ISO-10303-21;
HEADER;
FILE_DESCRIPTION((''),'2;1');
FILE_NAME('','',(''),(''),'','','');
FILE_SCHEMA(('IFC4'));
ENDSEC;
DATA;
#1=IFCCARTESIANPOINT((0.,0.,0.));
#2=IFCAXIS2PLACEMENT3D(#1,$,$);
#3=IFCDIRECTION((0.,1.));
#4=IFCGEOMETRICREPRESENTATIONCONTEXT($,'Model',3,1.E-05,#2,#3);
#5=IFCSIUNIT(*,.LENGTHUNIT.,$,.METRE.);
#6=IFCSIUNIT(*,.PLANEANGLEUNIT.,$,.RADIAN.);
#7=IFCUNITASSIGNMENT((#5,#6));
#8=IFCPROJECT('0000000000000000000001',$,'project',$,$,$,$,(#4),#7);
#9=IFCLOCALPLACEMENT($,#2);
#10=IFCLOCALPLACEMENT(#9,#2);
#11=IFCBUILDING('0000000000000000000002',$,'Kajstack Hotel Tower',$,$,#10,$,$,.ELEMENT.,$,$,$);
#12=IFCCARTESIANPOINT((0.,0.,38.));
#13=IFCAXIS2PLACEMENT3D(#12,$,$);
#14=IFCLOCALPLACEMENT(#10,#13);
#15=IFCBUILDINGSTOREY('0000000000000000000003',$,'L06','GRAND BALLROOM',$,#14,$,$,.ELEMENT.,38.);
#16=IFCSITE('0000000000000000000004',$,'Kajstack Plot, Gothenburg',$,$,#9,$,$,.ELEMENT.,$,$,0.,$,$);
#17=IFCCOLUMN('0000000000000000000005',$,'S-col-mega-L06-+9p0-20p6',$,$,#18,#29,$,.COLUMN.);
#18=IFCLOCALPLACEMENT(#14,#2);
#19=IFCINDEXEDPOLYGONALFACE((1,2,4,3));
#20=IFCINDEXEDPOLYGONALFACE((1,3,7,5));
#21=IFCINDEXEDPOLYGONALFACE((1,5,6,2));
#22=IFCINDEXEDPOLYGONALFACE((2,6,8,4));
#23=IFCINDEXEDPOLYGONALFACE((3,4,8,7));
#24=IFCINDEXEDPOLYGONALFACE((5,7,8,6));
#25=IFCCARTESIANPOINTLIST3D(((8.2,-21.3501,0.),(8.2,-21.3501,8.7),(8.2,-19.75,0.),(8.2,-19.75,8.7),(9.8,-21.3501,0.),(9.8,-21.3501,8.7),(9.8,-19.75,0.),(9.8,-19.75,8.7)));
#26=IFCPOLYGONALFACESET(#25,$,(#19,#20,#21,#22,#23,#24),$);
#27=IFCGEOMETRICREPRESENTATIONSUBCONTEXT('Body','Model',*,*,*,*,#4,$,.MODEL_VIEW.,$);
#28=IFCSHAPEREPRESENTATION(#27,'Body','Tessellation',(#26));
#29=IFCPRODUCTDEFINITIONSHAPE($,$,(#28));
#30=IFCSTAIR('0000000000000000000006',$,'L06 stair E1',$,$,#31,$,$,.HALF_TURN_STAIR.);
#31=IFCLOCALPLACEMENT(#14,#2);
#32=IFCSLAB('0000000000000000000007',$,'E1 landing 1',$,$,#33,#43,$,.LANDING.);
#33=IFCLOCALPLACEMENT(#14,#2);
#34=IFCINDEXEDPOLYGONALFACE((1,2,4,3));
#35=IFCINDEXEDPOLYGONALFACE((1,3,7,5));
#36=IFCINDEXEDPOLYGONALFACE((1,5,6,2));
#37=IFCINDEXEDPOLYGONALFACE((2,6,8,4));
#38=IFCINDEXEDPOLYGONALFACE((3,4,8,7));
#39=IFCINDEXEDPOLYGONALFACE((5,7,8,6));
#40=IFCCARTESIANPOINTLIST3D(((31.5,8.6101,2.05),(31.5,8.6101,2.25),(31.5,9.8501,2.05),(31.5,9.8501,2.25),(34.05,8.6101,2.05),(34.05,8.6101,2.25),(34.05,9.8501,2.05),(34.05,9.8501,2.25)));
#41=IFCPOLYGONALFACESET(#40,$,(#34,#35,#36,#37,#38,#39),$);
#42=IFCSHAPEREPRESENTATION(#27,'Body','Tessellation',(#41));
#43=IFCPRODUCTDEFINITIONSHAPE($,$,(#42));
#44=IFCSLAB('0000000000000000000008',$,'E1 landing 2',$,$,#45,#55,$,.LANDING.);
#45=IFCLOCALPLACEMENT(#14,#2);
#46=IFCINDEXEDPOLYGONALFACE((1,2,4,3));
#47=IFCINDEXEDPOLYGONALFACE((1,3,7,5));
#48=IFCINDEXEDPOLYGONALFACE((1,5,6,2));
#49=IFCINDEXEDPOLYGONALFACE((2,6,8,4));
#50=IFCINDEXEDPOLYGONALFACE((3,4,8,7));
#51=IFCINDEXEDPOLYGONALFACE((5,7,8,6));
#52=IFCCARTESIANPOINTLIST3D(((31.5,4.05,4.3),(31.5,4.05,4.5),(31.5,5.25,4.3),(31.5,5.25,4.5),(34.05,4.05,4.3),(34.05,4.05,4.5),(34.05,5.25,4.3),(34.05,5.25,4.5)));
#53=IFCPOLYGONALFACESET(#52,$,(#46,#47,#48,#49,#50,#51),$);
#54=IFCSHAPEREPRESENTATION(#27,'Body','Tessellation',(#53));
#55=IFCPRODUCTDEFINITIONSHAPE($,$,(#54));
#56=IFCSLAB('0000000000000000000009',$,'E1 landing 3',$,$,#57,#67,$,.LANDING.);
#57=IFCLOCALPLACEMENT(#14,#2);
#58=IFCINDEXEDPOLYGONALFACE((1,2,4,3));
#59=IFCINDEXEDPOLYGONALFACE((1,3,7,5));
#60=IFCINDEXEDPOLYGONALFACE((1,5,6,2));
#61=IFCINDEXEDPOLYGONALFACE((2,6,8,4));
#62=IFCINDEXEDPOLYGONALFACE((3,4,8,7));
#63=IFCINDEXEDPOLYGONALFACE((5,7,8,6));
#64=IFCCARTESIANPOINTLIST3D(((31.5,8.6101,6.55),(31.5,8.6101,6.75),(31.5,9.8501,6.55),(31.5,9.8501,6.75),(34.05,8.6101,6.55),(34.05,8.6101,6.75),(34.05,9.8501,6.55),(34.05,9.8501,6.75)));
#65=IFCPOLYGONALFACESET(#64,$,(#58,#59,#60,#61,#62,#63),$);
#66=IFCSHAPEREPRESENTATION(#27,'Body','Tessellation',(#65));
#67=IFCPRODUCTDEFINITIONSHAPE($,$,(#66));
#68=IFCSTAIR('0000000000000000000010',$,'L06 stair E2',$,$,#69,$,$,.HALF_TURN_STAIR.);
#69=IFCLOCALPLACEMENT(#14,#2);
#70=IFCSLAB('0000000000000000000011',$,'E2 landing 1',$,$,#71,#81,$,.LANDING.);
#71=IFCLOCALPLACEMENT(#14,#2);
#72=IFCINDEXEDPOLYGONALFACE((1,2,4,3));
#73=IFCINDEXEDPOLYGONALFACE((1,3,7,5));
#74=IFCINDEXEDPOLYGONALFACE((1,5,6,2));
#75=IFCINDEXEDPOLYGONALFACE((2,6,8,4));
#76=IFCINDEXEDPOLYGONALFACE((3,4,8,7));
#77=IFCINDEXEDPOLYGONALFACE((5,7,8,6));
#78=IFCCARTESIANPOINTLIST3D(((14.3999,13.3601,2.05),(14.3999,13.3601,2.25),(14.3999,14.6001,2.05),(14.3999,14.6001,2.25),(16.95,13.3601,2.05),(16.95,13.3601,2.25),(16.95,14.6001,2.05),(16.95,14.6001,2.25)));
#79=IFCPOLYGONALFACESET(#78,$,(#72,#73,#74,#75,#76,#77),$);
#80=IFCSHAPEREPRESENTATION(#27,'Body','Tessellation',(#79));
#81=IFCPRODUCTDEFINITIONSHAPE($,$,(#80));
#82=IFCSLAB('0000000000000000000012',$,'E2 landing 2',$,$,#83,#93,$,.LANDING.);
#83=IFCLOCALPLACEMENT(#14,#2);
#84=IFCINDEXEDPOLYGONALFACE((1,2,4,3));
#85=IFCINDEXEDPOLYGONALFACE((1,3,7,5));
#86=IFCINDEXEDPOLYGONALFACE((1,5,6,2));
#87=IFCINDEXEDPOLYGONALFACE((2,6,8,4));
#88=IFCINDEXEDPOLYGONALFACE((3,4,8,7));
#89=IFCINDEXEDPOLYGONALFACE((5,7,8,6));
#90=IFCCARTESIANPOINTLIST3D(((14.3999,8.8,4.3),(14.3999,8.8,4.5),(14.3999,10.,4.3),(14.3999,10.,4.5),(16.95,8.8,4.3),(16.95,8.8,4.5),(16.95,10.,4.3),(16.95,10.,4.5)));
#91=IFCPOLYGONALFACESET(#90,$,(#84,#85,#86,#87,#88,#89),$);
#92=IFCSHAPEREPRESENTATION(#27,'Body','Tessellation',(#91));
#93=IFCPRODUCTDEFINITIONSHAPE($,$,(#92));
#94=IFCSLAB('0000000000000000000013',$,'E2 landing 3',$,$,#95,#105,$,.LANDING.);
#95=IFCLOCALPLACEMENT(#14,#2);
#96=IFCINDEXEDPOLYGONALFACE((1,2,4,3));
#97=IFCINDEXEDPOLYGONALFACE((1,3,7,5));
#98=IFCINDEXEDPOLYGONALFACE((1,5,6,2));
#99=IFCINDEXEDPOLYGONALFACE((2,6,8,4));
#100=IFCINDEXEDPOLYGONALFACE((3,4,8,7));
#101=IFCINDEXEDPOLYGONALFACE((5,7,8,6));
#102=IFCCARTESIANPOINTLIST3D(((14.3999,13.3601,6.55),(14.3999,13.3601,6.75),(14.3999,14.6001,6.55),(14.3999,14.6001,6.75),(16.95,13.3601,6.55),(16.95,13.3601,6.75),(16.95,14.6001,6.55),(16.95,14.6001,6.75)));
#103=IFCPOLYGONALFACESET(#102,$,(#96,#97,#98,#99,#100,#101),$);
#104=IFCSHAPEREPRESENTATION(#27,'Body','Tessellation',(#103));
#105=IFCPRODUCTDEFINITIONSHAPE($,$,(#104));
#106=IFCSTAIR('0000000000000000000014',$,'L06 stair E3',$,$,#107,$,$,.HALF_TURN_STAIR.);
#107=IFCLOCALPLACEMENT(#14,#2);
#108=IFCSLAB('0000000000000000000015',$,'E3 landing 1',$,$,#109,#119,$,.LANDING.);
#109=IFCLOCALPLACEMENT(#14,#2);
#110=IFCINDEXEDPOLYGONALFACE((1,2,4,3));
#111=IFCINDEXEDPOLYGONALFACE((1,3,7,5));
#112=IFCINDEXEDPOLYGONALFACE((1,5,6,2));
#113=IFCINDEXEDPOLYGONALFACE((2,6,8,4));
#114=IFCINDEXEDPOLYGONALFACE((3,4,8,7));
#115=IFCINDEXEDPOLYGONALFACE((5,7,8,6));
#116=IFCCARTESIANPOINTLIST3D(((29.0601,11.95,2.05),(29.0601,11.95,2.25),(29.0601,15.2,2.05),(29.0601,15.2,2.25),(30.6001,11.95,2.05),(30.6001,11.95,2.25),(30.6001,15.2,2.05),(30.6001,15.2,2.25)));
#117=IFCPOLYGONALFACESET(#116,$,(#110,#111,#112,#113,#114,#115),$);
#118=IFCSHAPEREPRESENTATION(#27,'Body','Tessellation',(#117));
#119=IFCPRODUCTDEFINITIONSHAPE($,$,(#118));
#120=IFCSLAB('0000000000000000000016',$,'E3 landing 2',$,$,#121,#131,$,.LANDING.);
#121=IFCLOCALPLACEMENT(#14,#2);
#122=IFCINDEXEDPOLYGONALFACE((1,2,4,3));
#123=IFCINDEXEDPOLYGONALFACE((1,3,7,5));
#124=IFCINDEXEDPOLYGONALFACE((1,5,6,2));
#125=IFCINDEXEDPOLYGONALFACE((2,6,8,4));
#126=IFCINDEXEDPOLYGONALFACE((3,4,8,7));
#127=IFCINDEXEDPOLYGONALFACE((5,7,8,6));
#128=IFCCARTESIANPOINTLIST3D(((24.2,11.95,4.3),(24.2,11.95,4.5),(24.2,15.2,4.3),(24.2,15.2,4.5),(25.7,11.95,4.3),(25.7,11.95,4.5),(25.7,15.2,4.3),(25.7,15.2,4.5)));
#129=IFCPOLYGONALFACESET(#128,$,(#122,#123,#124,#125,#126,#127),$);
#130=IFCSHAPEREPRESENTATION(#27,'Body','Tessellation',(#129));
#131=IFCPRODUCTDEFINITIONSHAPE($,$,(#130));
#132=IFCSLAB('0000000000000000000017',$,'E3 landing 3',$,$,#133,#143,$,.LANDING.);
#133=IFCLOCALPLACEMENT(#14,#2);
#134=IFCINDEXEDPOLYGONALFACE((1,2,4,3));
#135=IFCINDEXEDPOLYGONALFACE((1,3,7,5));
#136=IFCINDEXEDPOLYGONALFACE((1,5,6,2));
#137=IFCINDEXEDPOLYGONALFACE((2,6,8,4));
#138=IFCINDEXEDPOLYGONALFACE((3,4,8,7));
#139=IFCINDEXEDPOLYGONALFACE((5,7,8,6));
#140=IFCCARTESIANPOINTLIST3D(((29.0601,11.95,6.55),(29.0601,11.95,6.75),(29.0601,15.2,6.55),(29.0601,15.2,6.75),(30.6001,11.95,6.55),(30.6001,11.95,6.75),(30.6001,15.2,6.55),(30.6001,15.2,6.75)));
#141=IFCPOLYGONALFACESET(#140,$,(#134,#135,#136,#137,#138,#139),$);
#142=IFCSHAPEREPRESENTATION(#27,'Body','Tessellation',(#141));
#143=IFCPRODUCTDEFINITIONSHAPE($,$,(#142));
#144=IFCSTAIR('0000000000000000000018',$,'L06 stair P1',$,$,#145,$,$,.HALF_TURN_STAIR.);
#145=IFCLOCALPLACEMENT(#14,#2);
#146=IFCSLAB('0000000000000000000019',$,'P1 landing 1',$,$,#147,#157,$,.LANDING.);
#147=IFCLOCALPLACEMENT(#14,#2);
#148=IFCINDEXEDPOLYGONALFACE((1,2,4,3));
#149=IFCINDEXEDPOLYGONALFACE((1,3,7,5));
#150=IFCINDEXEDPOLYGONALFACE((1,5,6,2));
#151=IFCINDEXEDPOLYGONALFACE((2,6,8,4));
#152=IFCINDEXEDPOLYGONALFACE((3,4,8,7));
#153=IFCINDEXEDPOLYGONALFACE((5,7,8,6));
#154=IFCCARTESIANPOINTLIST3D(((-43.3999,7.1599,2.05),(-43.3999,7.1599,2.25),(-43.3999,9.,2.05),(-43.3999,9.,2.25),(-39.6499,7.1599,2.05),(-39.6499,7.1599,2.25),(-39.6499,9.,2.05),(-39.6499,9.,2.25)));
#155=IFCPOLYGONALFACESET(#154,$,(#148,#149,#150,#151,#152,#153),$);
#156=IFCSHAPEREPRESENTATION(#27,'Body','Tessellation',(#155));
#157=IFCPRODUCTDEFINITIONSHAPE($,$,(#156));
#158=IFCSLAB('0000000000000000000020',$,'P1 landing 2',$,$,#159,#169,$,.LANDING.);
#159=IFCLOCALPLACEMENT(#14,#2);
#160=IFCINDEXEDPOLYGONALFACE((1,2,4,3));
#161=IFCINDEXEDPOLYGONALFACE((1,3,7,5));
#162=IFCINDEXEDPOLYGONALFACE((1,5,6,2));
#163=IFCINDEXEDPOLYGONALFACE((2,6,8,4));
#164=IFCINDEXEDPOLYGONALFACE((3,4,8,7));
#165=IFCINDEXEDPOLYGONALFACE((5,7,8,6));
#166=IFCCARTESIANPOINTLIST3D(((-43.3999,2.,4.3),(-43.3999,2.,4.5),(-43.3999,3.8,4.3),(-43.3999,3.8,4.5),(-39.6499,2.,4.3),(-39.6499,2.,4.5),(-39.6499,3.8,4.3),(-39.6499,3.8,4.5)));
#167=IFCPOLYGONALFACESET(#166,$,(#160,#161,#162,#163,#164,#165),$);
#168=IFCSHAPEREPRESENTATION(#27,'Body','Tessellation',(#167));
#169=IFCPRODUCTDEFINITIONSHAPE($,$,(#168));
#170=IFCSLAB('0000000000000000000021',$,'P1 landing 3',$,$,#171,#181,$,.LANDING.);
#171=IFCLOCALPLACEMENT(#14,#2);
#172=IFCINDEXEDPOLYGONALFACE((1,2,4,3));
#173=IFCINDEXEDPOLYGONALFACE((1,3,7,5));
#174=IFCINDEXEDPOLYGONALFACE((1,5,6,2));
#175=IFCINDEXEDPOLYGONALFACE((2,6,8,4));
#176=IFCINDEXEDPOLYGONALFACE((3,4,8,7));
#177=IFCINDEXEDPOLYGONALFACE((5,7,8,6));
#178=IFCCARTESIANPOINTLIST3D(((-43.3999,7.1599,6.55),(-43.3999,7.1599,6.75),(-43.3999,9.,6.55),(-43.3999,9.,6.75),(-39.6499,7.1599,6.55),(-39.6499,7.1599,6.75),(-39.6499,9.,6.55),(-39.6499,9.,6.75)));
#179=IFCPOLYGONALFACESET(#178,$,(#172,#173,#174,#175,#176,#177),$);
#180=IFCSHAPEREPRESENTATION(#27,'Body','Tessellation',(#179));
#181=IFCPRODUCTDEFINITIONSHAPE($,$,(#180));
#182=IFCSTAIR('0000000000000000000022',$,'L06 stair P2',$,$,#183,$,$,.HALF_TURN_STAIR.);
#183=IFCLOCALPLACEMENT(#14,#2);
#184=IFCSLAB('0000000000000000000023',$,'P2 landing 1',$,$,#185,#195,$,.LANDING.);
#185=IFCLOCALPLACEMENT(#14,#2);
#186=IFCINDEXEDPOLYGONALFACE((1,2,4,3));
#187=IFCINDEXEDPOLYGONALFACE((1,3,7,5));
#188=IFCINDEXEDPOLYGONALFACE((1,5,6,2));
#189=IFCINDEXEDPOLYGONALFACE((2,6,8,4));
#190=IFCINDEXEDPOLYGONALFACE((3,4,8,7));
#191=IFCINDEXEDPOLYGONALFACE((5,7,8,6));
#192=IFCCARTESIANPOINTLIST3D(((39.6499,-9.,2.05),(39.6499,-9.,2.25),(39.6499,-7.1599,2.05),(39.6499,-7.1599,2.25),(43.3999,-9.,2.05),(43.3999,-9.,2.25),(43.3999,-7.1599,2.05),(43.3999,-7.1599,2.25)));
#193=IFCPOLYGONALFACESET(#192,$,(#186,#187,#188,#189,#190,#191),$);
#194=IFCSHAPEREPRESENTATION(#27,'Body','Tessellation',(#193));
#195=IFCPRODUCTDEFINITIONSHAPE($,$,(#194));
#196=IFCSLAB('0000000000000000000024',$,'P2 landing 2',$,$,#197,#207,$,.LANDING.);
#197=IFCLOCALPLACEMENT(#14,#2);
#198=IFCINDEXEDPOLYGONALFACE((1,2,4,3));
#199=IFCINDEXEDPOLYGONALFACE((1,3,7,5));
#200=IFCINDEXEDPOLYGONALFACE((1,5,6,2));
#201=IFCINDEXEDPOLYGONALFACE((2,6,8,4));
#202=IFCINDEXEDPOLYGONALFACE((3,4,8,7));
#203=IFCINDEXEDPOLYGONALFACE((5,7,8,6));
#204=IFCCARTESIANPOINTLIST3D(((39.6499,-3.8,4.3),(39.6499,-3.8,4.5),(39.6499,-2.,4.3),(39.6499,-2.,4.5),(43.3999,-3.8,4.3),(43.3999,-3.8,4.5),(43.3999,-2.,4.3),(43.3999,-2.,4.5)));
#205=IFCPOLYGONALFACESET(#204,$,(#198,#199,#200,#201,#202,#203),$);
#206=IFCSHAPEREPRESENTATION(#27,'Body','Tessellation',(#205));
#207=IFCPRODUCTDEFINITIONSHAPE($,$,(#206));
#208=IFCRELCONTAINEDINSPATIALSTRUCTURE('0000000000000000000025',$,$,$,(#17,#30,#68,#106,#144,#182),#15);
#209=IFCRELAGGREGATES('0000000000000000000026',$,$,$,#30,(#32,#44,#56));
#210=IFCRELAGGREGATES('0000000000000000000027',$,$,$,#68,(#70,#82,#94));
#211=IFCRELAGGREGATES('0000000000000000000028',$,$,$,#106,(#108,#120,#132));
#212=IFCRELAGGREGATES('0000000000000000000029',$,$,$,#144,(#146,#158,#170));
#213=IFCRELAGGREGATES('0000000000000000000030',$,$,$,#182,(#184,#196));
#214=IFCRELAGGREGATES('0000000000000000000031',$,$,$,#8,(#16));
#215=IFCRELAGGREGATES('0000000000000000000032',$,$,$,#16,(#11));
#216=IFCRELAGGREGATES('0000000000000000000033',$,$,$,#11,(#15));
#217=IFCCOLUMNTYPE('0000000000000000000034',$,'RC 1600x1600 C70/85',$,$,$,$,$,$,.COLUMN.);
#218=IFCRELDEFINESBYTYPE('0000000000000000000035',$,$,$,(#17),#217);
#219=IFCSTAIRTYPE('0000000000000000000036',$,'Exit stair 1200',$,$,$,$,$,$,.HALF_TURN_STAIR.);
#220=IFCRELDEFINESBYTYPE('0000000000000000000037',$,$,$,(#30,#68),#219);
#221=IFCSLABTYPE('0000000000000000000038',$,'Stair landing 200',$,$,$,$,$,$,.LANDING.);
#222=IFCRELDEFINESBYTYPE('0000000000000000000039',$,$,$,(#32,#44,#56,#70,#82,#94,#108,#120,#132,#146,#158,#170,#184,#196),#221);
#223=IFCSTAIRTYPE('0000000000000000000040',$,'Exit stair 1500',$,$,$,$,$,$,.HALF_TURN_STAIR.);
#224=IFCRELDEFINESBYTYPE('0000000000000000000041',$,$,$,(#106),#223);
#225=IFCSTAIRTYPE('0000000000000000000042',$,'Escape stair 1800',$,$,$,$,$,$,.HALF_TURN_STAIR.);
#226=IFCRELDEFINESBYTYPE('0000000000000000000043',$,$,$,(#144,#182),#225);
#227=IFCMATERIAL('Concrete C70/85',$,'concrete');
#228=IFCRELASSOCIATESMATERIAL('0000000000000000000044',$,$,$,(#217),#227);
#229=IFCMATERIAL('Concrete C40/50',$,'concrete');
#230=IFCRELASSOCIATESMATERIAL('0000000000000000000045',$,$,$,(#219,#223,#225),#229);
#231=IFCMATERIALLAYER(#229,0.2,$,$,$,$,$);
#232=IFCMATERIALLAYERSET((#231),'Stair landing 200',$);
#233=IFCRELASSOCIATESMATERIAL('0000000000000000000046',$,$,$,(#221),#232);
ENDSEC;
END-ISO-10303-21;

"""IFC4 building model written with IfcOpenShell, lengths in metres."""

from ifc_helpers import new_model, si_unit, direction, frame, origin, origin_2d, place, context, subcontext, project, spatial, polyline, rectangle, outline, extrude, material, layer, layer_set, material_profile, profile_set, type_object, element, aggregate, save


model = new_model("IFC4")

# Units and contexts
model_context = context("Model", 3, precision=1e-05, world=origin(), true_north=direction((0.0, 1.0)))
body_context = subcontext(model_context, "Body", "Model", "MODEL_VIEW")
ifc_project = project(units=[si_unit("LENGTHUNIT", "METRE"), si_unit("PLANEANGLEUNIT", "RADIAN")], contexts=[model_context])

# Site, building, storey
site_placement = place(None, origin())
site = spatial("IfcSite", under=ifc_project, at=site_placement, Name="Kajstack Plot, Gothenburg", CompositionType="ELEMENT", RefElevation=0.0)
building_placement = place(site_placement, origin())
building = spatial("IfcBuilding", under=site, at=building_placement, Name="Kajstack Hotel Tower", CompositionType="ELEMENT")
storey_placement = place(building_placement, frame((0.0, 0.0, 38.0)))
storey = spatial("IfcBuildingStorey", under=building, at=storey_placement, Name="L06", Description="GRAND BALLROOM", CompositionType="ELEMENT", Elevation=38.0)

# Column
ifc_material_1 = material(Name="Concrete C70/85", Category="concrete")
ifc_material_profile = material_profile(ifc_material_1, rectangle(XDim=1.6001, YDim=1.6001, at=origin_2d()), Name="RC 1600x1600")
ifc_profile_set = profile_set([ifc_material_profile], Name="Concrete C70/85")
column_type = type_object("IfcColumnType", Name="RC 1600x1600 C70/85", PredefinedType="COLUMN", material=ifc_profile_set)
column_placement = place(storey_placement, frame((9.0, -20.55, 0.0), z_axis=(0.0, 0.0, 1.0), x_axis=(1.0, 0.0, 0.0)))
element("IfcColumn", 1, at=column_placement, inside=storey, type_object=column_type, Name="S-col-mega-L06-+9p0-20p6", PredefinedType="COLUMN", context=body_context, shape_type="SweptSolid", body=[
    extrude(rectangle(XDim=1.6001, YDim=1.6001, at=origin_2d()), origin(), (0.0, 0.0, 1.0), 8.7),
])

# Stairs, slabs
ifc_material_2 = material(Name="Concrete C40/50", Category="concrete")
stair_type_1 = type_object("IfcStairType", Name="Exit stair 1200", PredefinedType="HALF_TURN_STAIR", material=ifc_material_2)
stair_1_placement = place(storey_placement, origin())
stair_1 = element("IfcStair", 2, at=stair_1_placement, inside=storey, type_object=stair_type_1, Name="L06 stair E1", PredefinedType="HALF_TURN_STAIR")
ifc_layer_1 = layer(ifc_material_2, 0.2)
ifc_layer_set_1 = layer_set([ifc_layer_1], Name="Stair landing 200")
slab_type = type_object("IfcSlabType", Name="Stair landing 200", PredefinedType="LANDING", material=ifc_layer_set_1)
slab_1_placement = place(storey_placement, frame((0.0, 0.0, 2.05)))
slab_1 = element("IfcSlab", 3, at=slab_1_placement, type_object=slab_type, Name="E1 landing 1", PredefinedType="LANDING", context=body_context, shape_type="SweptSolid", body=[
    extrude(outline(polyline([(34.05, 8.6101), (34.05, 9.8501), (31.5, 9.8501), (31.5, 8.6101), (34.05, 8.6101)])), origin(), (0.0, 0.0, 1.0), 0.2),
])
slab_2_placement = place(storey_placement, frame((0.0, 0.0, 4.3)))
slab_2 = element("IfcSlab", 4, at=slab_2_placement, type_object=slab_type, Name="E1 landing 2", PredefinedType="LANDING", context=body_context, shape_type="SweptSolid", body=[
    extrude(outline(polyline([(34.05, 4.05), (34.05, 5.25), (31.5, 5.25), (31.5, 4.05), (34.05, 4.05)])), origin(), (0.0, 0.0, 1.0), 0.2),
])
slab_3_placement = place(storey_placement, frame((0.0, 0.0, 6.55)))
slab_3 = element("IfcSlab", 5, at=slab_3_placement, type_object=slab_type, Name="E1 landing 3", PredefinedType="LANDING", context=body_context, shape_type="SweptSolid", body=[
    extrude(outline(polyline([(34.05, 8.6101), (34.05, 9.8501), (31.5, 9.8501), (31.5, 8.6101), (34.05, 8.6101)])), origin(), (0.0, 0.0, 1.0), 0.2),
])
aggregate(stair_1, [slab_1, slab_2, slab_3])
stair_2_placement = place(storey_placement, origin())
stair_2 = element("IfcStair", 6, at=stair_2_placement, inside=storey, type_object=stair_type_1, Name="L06 stair E2", PredefinedType="HALF_TURN_STAIR")
slab_4_placement = place(storey_placement, frame((0.0, 0.0, 2.05)))
slab_4 = element("IfcSlab", 7, at=slab_4_placement, type_object=slab_type, Name="E2 landing 1", PredefinedType="LANDING", context=body_context, shape_type="SweptSolid", body=[
    extrude(outline(polyline([(16.95, 13.3601), (16.95, 14.6001), (14.3999, 14.6001), (14.3999, 13.3601), (16.95, 13.3601)])), origin(), (0.0, 0.0, 1.0), 0.2),
])
slab_5_placement = place(storey_placement, frame((0.0, 0.0, 4.3)))
slab_5 = element("IfcSlab", 8, at=slab_5_placement, type_object=slab_type, Name="E2 landing 2", PredefinedType="LANDING", context=body_context, shape_type="SweptSolid", body=[
    extrude(outline(polyline([(16.95, 8.8), (16.95, 10.0), (14.3999, 10.0), (14.3999, 8.8), (16.95, 8.8)])), origin(), (0.0, 0.0, 1.0), 0.2),
])
slab_6_placement = place(storey_placement, frame((0.0, 0.0, 6.55)))
slab_6 = element("IfcSlab", 9, at=slab_6_placement, type_object=slab_type, Name="E2 landing 3", PredefinedType="LANDING", context=body_context, shape_type="SweptSolid", body=[
    extrude(outline(polyline([(16.95, 13.3601), (16.95, 14.6001), (14.3999, 14.6001), (14.3999, 13.3601), (16.95, 13.3601)])), origin(), (0.0, 0.0, 1.0), 0.2),
])
aggregate(stair_2, [slab_4, slab_5, slab_6])
stair_type_2 = type_object("IfcStairType", Name="Exit stair 1500", PredefinedType="HALF_TURN_STAIR", material=ifc_material_2)
stair_3_placement = place(storey_placement, origin())
stair_3 = element("IfcStair", 10, at=stair_3_placement, inside=storey, type_object=stair_type_2, Name="L06 stair E3", PredefinedType="HALF_TURN_STAIR")
slab_7_placement = place(storey_placement, frame((0.0, 0.0, 2.05)))
slab_7 = element("IfcSlab", 11, at=slab_7_placement, type_object=slab_type, Name="E3 landing 1", PredefinedType="LANDING", context=body_context, shape_type="SweptSolid", body=[
    extrude(outline(polyline([(29.0601, 11.95), (30.6001, 11.95), (30.6001, 15.2), (29.0601, 15.2), (29.0601, 11.95)])), origin(), (0.0, 0.0, 1.0), 0.2),
])
slab_8_placement = place(storey_placement, frame((0.0, 0.0, 4.3)))
slab_8 = element("IfcSlab", 12, at=slab_8_placement, type_object=slab_type, Name="E3 landing 2", PredefinedType="LANDING", context=body_context, shape_type="SweptSolid", body=[
    extrude(outline(polyline([(24.2, 11.95), (25.7, 11.95), (25.7, 15.2), (24.2, 15.2), (24.2, 11.95)])), origin(), (0.0, 0.0, 1.0), 0.2),
])
slab_9_placement = place(storey_placement, frame((0.0, 0.0, 6.55)))
slab_9 = element("IfcSlab", 13, at=slab_9_placement, type_object=slab_type, Name="E3 landing 3", PredefinedType="LANDING", context=body_context, shape_type="SweptSolid", body=[
    extrude(outline(polyline([(29.0601, 11.95), (30.6001, 11.95), (30.6001, 15.2), (29.0601, 15.2), (29.0601, 11.95)])), origin(), (0.0, 0.0, 1.0), 0.2),
])
aggregate(stair_3, [slab_7, slab_8, slab_9])
stair_type_3 = type_object("IfcStairType", Name="Escape stair 1800", PredefinedType="HALF_TURN_STAIR", material=ifc_material_2)
stair_4_placement = place(storey_placement, origin())
stair_4 = element("IfcStair", 14, at=stair_4_placement, inside=storey, type_object=stair_type_3, Name="L06 stair P1", PredefinedType="HALF_TURN_STAIR")
slab_10_placement = place(storey_placement, frame((0.0, 0.0, 2.05)))
slab_10 = element("IfcSlab", 15, at=slab_10_placement, type_object=slab_type, Name="P1 landing 1", PredefinedType="LANDING", context=body_context, shape_type="SweptSolid", body=[
    extrude(outline(polyline([(-39.6499, 7.1599), (-39.6499, 9.0), (-43.3999, 9.0), (-43.3999, 7.1599), (-39.6499, 7.1599)])), origin(), (0.0, 0.0, 1.0), 0.2),
])
slab_11_placement = place(storey_placement, frame((0.0, 0.0, 4.3)))
slab_11 = element("IfcSlab", 16, at=slab_11_placement, type_object=slab_type, Name="P1 landing 2", PredefinedType="LANDING", context=body_context, shape_type="SweptSolid", body=[
    extrude(outline(polyline([(-39.6499, 2.0), (-39.6499, 3.8), (-43.3999, 3.8), (-43.3999, 2.0), (-39.6499, 2.0)])), origin(), (0.0, 0.0, 1.0), 0.2),
])
slab_12_placement = place(storey_placement, frame((0.0, 0.0, 6.55)))
slab_12 = element("IfcSlab", 17, at=slab_12_placement, type_object=slab_type, Name="P1 landing 3", PredefinedType="LANDING", context=body_context, shape_type="SweptSolid", body=[
    extrude(outline(polyline([(-39.6499, 7.1599), (-39.6499, 9.0), (-43.3999, 9.0), (-43.3999, 7.1599), (-39.6499, 7.1599)])), origin(), (0.0, 0.0, 1.0), 0.2),
])
aggregate(stair_4, [slab_10, slab_11, slab_12])
stair_5_placement = place(storey_placement, origin())
stair_5 = element("IfcStair", 18, at=stair_5_placement, inside=storey, type_object=stair_type_3, Name="L06 stair P2", PredefinedType="HALF_TURN_STAIR")
slab_13_placement = place(storey_placement, frame((0.0, 0.0, 2.05)))
slab_13 = element("IfcSlab", 19, at=slab_13_placement, type_object=slab_type, Name="P2 landing 1", PredefinedType="LANDING", context=body_context, shape_type="SweptSolid", body=[
    extrude(outline(polyline([(39.6499, -7.1599), (39.6499, -9.0), (43.3999, -9.0), (43.3999, -7.1599), (39.6499, -7.1599)])), origin(), (0.0, 0.0, 1.0), 0.2),
])
slab_14_placement = place(storey_placement, frame((0.0, 0.0, 4.3)))
slab_14 = element("IfcSlab", 20, at=slab_14_placement, type_object=slab_type, Name="P2 landing 2", PredefinedType="LANDING", context=body_context, shape_type="SweptSolid", body=[
    extrude(outline(polyline([(39.6499, -2.0), (39.6499, -3.8), (43.3999, -3.8), (43.3999, -2.0), (39.6499, -2.0)])), origin(), (0.0, 0.0, 1.0), 0.2),
])
aggregate(stair_5, [slab_13, slab_14])

save(model, "model.ifc")
